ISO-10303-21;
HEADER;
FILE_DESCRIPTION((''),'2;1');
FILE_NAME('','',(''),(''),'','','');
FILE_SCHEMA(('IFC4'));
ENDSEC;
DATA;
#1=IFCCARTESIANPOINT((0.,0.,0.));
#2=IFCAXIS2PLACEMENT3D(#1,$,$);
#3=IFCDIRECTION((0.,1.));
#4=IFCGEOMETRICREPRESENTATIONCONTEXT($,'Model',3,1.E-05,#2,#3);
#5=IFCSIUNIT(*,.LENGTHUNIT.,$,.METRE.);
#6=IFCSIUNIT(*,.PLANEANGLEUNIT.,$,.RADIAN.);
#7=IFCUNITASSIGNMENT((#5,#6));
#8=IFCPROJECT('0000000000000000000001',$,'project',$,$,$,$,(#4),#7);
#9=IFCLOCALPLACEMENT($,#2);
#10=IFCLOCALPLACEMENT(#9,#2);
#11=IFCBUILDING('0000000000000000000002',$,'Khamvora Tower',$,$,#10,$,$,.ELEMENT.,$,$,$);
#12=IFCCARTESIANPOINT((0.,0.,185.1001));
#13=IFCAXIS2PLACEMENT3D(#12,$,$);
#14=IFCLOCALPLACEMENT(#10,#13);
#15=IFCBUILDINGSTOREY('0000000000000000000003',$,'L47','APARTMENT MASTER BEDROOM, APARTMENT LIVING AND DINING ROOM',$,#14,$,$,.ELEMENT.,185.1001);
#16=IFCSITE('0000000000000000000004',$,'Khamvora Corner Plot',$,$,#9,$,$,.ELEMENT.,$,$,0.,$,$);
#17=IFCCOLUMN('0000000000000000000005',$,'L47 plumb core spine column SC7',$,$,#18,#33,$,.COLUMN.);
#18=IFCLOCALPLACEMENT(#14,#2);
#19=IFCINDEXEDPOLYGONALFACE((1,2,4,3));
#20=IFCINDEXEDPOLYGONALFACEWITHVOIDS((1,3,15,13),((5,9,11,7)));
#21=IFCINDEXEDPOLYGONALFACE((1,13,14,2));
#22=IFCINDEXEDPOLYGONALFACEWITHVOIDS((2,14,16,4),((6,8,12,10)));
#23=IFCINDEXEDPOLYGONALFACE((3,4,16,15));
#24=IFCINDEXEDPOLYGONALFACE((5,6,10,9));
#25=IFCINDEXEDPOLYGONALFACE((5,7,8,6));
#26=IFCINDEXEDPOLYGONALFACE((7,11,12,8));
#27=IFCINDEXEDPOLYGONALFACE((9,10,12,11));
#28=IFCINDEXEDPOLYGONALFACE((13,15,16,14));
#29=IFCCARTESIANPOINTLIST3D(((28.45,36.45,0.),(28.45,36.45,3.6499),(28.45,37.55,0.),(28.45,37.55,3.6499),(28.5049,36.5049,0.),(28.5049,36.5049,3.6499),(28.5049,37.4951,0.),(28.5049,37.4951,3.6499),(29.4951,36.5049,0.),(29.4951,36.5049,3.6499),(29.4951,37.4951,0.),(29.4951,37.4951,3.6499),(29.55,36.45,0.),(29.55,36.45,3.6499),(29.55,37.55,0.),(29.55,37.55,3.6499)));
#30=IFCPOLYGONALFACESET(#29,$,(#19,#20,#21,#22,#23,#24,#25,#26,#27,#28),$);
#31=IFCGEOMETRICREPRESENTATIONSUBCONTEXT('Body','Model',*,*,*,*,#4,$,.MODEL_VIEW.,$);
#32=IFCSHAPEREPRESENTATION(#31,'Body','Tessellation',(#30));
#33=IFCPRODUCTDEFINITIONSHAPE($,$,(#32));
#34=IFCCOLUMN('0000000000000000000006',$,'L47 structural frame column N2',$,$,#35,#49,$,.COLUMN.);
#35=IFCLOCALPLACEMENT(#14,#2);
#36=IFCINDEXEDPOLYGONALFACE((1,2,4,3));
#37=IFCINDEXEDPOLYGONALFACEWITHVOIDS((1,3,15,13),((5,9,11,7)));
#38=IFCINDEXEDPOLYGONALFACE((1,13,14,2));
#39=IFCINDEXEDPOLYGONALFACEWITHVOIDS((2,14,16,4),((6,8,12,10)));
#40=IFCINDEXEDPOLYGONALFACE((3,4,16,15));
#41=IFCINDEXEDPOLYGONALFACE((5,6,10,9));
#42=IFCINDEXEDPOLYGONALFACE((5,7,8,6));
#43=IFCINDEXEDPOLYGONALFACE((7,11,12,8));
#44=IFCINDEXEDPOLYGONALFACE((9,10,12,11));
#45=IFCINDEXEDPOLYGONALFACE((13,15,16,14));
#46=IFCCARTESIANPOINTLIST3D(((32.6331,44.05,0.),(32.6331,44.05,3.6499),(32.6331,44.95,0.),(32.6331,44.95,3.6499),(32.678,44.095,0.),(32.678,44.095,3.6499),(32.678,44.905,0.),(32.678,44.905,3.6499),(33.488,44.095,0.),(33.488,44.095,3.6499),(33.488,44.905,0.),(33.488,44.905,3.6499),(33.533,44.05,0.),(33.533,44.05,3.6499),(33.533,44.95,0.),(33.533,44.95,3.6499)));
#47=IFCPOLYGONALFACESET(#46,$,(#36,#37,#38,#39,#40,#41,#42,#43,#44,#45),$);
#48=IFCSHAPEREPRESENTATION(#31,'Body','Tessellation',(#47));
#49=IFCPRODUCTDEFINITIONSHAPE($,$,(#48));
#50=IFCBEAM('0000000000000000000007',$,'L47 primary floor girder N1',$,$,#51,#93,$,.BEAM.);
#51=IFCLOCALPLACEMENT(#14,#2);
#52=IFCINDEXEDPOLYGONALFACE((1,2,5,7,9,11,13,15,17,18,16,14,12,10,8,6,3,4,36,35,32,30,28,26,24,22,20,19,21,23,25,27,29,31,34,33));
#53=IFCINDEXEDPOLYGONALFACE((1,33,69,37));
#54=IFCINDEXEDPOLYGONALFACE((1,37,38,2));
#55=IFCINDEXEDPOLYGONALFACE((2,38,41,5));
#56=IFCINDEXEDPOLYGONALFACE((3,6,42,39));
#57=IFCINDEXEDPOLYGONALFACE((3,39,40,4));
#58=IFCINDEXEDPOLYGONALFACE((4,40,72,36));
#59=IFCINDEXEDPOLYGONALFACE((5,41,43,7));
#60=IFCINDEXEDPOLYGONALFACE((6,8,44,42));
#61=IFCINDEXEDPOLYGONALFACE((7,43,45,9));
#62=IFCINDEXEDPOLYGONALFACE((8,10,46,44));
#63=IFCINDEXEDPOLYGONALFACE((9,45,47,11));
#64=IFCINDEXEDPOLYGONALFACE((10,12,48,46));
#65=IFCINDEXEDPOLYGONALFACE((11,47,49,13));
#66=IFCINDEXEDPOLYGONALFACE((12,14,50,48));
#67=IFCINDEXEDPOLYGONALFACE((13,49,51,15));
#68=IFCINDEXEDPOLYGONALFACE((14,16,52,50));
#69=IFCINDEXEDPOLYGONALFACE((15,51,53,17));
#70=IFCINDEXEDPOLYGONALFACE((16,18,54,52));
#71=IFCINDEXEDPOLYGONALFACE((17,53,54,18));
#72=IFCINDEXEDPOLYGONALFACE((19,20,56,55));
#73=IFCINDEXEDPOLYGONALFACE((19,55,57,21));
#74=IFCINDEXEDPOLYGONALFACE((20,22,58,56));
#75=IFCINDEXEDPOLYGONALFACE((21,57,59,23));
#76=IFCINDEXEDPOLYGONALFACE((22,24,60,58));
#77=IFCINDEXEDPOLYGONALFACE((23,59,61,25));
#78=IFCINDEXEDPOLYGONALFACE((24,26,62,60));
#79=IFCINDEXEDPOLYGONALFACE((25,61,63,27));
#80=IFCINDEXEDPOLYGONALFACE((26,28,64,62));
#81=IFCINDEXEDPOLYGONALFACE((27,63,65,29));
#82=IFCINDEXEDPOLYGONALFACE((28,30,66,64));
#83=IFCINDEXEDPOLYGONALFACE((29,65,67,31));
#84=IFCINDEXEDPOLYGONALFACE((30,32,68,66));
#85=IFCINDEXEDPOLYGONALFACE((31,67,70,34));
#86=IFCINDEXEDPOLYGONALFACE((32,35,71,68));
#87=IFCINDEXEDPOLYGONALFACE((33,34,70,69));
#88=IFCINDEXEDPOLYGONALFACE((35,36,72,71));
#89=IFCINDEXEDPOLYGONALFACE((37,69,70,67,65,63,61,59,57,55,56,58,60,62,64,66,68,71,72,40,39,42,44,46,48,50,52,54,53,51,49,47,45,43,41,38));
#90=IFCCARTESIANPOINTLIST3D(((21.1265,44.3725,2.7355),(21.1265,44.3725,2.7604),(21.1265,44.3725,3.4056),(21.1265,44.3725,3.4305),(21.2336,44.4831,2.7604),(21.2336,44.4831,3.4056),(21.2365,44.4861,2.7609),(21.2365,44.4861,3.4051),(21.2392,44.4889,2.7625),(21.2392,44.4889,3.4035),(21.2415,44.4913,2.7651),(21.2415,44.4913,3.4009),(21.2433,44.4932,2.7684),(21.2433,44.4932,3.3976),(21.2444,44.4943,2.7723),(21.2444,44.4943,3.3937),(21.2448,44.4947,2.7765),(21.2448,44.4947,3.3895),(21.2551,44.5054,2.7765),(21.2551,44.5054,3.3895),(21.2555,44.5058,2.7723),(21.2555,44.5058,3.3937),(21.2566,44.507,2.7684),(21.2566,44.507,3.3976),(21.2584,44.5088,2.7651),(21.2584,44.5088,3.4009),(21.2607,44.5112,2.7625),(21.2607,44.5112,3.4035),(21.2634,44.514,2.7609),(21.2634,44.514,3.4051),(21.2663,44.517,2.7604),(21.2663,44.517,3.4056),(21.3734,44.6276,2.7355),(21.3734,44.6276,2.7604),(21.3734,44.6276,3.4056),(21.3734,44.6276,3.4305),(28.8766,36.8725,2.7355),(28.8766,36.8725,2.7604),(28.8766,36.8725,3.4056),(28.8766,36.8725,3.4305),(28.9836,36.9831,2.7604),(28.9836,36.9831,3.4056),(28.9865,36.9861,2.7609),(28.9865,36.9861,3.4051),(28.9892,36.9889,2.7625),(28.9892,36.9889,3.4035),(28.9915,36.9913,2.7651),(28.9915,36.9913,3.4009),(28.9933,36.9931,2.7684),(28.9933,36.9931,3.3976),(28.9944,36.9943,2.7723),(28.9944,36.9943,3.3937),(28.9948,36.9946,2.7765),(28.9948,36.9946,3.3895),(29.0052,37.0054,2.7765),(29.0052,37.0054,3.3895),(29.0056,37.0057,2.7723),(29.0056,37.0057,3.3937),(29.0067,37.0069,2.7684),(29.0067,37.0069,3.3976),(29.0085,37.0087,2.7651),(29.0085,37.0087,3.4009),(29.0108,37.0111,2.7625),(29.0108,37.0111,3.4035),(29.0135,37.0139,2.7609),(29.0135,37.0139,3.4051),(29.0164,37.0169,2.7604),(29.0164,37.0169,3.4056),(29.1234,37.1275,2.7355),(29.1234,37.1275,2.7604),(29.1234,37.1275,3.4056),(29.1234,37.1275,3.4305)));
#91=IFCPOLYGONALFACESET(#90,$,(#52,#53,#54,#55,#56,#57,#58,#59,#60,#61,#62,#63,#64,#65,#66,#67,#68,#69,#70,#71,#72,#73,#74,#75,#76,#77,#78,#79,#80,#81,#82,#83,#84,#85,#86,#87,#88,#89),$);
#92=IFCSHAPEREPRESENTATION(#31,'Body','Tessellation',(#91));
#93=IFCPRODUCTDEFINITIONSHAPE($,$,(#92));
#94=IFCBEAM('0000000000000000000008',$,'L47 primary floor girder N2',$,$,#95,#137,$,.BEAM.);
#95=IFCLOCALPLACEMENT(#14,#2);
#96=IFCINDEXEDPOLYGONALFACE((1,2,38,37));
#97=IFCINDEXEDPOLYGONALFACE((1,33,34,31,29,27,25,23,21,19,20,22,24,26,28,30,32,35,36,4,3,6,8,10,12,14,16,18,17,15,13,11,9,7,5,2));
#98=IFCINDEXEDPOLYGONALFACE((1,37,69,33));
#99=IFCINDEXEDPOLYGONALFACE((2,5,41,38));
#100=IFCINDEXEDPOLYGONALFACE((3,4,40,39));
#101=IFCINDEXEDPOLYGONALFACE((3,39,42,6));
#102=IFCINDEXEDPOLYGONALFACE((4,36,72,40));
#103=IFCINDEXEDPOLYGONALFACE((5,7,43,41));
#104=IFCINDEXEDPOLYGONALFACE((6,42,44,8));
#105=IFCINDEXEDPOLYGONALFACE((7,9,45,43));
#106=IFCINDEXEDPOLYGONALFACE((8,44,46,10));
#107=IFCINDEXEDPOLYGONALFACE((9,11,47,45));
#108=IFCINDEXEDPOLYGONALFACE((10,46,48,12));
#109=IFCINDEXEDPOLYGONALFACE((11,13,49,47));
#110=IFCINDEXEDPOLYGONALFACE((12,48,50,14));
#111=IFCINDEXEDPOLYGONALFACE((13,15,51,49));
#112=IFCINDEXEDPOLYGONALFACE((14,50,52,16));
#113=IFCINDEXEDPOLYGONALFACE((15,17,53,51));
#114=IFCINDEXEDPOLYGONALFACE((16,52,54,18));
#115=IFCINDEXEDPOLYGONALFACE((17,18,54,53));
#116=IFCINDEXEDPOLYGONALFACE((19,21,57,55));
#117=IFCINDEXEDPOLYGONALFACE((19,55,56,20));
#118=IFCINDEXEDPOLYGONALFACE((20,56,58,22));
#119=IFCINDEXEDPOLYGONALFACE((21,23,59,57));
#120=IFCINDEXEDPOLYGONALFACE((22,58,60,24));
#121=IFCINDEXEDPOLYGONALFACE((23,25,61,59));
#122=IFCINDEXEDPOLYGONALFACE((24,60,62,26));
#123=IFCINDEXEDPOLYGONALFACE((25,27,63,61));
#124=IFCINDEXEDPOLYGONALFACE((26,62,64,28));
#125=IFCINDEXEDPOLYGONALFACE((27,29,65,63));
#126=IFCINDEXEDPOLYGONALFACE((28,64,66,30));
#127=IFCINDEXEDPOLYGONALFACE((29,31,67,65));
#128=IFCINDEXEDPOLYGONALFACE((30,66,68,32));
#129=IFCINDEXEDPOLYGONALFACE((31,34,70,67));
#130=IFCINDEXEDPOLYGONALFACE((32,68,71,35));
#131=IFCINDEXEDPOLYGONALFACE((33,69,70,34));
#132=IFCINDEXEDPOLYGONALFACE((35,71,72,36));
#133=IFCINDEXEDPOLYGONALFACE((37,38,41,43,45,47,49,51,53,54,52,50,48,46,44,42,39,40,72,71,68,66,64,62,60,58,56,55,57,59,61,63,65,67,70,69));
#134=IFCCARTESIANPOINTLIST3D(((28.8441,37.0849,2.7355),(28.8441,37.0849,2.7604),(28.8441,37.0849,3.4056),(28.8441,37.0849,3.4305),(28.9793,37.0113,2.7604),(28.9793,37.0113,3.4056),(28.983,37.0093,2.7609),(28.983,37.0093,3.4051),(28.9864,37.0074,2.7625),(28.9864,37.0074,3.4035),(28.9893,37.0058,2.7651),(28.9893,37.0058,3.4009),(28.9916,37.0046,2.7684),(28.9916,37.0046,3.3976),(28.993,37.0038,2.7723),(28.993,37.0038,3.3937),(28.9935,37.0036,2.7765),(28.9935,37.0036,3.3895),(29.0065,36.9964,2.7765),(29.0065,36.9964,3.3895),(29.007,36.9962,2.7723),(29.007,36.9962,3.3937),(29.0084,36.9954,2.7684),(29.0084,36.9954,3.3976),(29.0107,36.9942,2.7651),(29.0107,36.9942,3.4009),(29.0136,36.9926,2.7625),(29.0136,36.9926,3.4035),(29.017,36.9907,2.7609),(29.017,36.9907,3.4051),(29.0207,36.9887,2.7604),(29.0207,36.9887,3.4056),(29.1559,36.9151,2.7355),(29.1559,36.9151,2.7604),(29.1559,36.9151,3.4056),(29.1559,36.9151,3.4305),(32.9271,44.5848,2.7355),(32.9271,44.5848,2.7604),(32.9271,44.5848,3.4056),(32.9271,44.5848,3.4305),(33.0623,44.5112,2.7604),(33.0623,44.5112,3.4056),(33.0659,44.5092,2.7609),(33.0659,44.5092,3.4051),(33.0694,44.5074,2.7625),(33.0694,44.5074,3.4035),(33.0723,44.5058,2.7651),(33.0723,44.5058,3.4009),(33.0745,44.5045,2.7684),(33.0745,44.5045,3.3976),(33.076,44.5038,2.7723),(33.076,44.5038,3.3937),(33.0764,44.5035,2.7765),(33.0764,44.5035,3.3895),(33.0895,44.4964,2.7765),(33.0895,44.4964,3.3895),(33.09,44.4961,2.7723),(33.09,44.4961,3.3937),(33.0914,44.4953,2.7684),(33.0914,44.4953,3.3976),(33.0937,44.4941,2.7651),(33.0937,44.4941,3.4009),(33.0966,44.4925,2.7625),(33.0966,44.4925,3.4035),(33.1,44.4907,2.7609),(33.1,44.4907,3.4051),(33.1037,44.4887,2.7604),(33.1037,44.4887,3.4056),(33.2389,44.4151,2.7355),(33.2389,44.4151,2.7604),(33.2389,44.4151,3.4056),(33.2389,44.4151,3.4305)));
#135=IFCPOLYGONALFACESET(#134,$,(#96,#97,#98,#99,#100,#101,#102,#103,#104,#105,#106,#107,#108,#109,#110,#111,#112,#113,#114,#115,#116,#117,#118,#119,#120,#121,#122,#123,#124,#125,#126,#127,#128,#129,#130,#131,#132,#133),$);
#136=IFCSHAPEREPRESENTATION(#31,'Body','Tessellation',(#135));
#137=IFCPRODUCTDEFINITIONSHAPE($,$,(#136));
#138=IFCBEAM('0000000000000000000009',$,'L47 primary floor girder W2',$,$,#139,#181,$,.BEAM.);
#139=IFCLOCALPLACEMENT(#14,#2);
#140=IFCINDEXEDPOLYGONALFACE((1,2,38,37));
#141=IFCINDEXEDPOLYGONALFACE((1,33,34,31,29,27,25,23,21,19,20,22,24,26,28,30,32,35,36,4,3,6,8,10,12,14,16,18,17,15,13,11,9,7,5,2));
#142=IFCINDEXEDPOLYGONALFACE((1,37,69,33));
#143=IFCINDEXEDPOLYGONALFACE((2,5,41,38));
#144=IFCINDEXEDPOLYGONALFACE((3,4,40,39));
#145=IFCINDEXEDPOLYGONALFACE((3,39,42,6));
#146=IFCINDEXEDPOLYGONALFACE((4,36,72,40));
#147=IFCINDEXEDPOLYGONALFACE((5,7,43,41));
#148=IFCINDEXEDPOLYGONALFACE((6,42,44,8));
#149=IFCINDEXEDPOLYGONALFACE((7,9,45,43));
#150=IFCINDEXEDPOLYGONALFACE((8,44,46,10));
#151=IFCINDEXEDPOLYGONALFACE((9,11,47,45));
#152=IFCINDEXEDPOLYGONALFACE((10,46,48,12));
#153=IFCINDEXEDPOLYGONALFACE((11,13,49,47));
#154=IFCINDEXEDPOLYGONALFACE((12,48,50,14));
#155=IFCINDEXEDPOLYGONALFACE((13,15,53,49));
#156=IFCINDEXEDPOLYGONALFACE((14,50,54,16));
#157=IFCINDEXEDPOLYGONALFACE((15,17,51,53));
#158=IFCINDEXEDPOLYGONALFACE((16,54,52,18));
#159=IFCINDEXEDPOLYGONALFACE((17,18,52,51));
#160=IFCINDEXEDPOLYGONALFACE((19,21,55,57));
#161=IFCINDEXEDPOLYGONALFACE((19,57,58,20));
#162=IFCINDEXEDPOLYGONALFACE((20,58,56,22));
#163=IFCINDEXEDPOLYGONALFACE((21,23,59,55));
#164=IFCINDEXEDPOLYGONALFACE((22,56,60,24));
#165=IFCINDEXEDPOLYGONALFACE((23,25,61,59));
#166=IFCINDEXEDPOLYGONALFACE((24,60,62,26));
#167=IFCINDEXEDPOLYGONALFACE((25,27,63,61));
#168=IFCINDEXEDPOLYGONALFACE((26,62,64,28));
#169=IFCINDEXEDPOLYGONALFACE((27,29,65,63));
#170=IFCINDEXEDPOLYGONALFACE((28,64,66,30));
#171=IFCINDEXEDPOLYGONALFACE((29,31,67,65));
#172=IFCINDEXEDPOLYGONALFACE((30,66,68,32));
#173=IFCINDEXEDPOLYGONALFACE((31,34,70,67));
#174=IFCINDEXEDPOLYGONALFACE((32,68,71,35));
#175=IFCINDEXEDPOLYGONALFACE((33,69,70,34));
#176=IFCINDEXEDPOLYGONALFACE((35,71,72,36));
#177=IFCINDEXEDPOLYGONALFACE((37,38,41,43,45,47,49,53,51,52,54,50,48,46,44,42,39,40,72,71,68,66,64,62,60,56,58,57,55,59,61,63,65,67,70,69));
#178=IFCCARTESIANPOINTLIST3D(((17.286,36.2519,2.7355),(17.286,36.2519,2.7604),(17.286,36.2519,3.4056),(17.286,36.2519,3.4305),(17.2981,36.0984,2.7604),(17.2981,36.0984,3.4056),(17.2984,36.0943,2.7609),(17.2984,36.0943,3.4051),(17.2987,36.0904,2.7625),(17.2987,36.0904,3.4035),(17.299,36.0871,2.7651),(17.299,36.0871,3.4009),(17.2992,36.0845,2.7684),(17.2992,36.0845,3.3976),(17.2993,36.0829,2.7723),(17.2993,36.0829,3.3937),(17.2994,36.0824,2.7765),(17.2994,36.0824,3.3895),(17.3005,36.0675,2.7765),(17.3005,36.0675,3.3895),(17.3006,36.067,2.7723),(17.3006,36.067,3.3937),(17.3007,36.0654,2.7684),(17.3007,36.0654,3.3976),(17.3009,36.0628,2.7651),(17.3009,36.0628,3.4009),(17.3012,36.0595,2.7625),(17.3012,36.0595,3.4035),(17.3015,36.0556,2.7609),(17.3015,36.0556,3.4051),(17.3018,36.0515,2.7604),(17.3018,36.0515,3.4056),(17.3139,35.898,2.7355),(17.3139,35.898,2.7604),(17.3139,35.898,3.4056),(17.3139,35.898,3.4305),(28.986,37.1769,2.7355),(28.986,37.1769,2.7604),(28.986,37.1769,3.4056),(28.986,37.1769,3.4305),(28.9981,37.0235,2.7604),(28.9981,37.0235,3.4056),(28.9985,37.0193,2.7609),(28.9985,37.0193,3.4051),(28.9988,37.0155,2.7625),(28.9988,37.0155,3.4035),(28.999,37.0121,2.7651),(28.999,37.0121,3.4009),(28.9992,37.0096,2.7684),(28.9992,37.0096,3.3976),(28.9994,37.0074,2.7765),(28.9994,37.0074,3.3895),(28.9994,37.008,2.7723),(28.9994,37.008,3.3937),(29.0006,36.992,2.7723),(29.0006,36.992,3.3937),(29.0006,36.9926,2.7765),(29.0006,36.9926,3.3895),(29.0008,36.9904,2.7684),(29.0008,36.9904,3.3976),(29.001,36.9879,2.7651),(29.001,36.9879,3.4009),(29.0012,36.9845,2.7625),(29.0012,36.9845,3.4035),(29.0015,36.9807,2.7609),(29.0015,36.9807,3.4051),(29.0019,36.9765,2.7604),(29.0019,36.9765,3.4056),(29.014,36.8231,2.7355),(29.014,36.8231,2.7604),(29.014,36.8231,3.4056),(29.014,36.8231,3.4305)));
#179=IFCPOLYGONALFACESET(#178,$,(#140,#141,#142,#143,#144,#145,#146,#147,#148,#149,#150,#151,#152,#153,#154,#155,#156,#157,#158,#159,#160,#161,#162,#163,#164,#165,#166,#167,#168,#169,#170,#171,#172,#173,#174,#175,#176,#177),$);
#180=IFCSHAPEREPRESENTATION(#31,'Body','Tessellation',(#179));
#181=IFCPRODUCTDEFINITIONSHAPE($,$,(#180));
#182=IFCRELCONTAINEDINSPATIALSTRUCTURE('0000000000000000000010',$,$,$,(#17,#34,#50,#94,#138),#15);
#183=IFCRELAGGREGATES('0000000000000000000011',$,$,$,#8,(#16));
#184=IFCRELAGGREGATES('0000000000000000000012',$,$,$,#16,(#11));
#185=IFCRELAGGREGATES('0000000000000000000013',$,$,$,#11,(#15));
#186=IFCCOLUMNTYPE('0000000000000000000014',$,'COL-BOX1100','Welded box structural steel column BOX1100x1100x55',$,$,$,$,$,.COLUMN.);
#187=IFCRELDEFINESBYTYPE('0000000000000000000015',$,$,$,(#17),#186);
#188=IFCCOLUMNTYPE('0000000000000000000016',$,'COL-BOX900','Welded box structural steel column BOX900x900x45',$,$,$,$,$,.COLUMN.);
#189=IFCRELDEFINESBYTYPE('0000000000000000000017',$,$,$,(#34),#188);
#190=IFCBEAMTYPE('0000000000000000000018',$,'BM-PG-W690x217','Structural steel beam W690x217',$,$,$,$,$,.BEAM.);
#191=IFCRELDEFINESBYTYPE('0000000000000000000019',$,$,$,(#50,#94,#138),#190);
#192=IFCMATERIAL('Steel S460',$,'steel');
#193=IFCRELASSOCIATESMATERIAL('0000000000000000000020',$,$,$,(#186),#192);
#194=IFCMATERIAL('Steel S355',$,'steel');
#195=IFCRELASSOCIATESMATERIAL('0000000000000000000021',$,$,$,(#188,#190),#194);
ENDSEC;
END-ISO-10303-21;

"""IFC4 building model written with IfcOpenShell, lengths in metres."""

from ifc_helpers import new_model, si_unit, direction, frame, origin, origin_2d, place, context, subcontext, project, spatial, hollow_rectangle, i_section, extrude, material, material_profile, profile_set, type_object, element, save


model = new_model("IFC4")

# Units and contexts
model_context = context("Model", 3, precision=1e-05, world=origin(), true_north=direction((0.0, 1.0)))
body_context = subcontext(model_context, "Body", "Model", "MODEL_VIEW")
ifc_project = project(units=[si_unit("LENGTHUNIT", "METRE"), si_unit("PLANEANGLEUNIT", "RADIAN")], contexts=[model_context])

# Site, building, storey
site_placement = place(None, origin())
site = spatial("IfcSite", under=ifc_project, at=site_placement, Name="Khamvora Corner Plot", CompositionType="ELEMENT", RefElevation=0.0)
building_placement = place(site_placement, origin())
building = spatial("IfcBuilding", under=site, at=building_placement, Name="Khamvora Tower", CompositionType="ELEMENT")
storey_placement = place(building_placement, frame((0.0, 0.0, 185.1001)))
storey = spatial("IfcBuildingStorey", under=building, at=storey_placement, Name="L47", Description="APARTMENT MASTER BEDROOM, APARTMENT LIVING AND DINING ROOM", CompositionType="ELEMENT", Elevation=185.1001)

# Columns
ifc_material_1 = material(Name="Steel S460", Category="steel")
ifc_material_profile_1 = material_profile(ifc_material_1, hollow_rectangle(XDim=1.1001, YDim=1.1001, WallThickness=0.0549, at=origin_2d()), Name="BOX1100x1100x55")
ifc_profile_set_1 = profile_set([ifc_material_profile_1], Name="Steel S460")
column_type_1 = type_object("IfcColumnType", Name="COL-BOX1100", Description="Welded box structural steel column BOX1100x1100x55", PredefinedType="COLUMN", material=ifc_profile_set_1)
column_1_placement = place(storey_placement, frame((29.0, 37.0, 0.0), z_axis=(0.0, 0.0, 1.0), x_axis=(1.0, 0.0, 0.0)))
element("IfcColumn", 1, at=column_1_placement, inside=storey, type_object=column_type_1, Name="L47 plumb core spine column SC7", PredefinedType="COLUMN", context=body_context, shape_type="SweptSolid", body=[
    extrude(hollow_rectangle(XDim=1.1001, YDim=1.1001, WallThickness=0.0549, at=origin_2d()), origin(), (0.0, 0.0, 1.0), 3.6499),
])
ifc_material_2 = material(Name="Steel S355", Category="steel")
ifc_material_profile_2 = material_profile(ifc_material_2, hollow_rectangle(XDim=0.8999, YDim=0.8999, WallThickness=0.0449, at=origin_2d()), Name="BOX900x900x45")
ifc_profile_set_2 = profile_set([ifc_material_profile_2], Name="Steel S355")
column_type_2 = type_object("IfcColumnType", Name="COL-BOX900", Description="Welded box structural steel column BOX900x900x45", PredefinedType="COLUMN", material=ifc_profile_set_2)
column_2_placement = place(storey_placement, frame((33.083, 44.5, 0.0), z_axis=(0.0, 0.0, 1.0), x_axis=(1.0, 0.0, 0.0)))
element("IfcColumn", 2, at=column_2_placement, inside=storey, type_object=column_type_2, Name="L47 structural frame column N2", PredefinedType="COLUMN", context=body_context, shape_type="SweptSolid", body=[
    extrude(hollow_rectangle(XDim=0.8999, YDim=0.8999, WallThickness=0.0449, at=origin_2d()), origin(), (0.0, 0.0, 1.0), 3.6499),
])

# Beams
ifc_material_profile_3 = material_profile(ifc_material_2, i_section(OverallWidth=0.355, OverallDepth=0.6951, WebThickness=0.0149, FlangeThickness=0.0249, FilletRadius=0.0161, at=origin_2d()), Name="W690x217")
ifc_profile_set_3 = profile_set([ifc_material_profile_3], Name="Steel S355")
beam_type_1 = type_object("IfcBeamType", Name="BM-PG-W690x217", Description="Structural steel beam W690x217", PredefinedType="BEAM", material=ifc_profile_set_3)
beam_1_placement = place(storey_placement, frame((29.0, 37.0, 3.083), z_axis=(-0.718602, 0.695421, 0.0), x_axis=(-0.695421, -0.718602, 0.0)))
element("IfcBeam", 3, at=beam_1_placement, inside=storey, type_object=beam_type_1, Name="L47 primary floor girder N1", PredefinedType="BEAM", context=body_context, shape_type="SweptSolid", body=[
    extrude(i_section(OverallWidth=0.355, OverallDepth=0.6951, WebThickness=0.0149, FlangeThickness=0.0249, FilletRadius=0.0161, at=origin_2d()), origin(), (0.0, 0.0, 1.0), 10.7849),
])
beam_2_placement = place(storey_placement, frame((29.0, 37.0, 3.083), z_axis=(0.478139, 0.878284, 0.0), x_axis=(-0.878284, 0.478139, 0.0)))
element("IfcBeam", 4, at=beam_2_placement, inside=storey, type_object=beam_type_1, Name="L47 primary floor girder N2", PredefinedType="BEAM", context=body_context, shape_type="SweptSolid", body=[
    extrude(i_section(OverallWidth=0.355, OverallDepth=0.6951, WebThickness=0.0149, FlangeThickness=0.0249, FilletRadius=0.0161, at=origin_2d()), origin(), (0.0, 0.0, 1.0), 8.5393),
])
beam_3_placement = place(storey_placement, frame((29.0, 37.0, 3.083), z_axis=(-0.996889, -0.078818, 0.0), x_axis=(0.078818, -0.996889, 0.0)))
element("IfcBeam", 5, at=beam_3_placement, inside=storey, type_object=beam_type_1, Name="L47 primary floor girder W2", PredefinedType="BEAM", context=body_context, shape_type="SweptSolid", body=[
    extrude(i_section(OverallWidth=0.355, OverallDepth=0.6951, WebThickness=0.0149, FlangeThickness=0.0249, FilletRadius=0.0161, at=origin_2d()), origin(), (0.0, 0.0, 1.0), 11.7366),
])

save(model, "model.ifc")
